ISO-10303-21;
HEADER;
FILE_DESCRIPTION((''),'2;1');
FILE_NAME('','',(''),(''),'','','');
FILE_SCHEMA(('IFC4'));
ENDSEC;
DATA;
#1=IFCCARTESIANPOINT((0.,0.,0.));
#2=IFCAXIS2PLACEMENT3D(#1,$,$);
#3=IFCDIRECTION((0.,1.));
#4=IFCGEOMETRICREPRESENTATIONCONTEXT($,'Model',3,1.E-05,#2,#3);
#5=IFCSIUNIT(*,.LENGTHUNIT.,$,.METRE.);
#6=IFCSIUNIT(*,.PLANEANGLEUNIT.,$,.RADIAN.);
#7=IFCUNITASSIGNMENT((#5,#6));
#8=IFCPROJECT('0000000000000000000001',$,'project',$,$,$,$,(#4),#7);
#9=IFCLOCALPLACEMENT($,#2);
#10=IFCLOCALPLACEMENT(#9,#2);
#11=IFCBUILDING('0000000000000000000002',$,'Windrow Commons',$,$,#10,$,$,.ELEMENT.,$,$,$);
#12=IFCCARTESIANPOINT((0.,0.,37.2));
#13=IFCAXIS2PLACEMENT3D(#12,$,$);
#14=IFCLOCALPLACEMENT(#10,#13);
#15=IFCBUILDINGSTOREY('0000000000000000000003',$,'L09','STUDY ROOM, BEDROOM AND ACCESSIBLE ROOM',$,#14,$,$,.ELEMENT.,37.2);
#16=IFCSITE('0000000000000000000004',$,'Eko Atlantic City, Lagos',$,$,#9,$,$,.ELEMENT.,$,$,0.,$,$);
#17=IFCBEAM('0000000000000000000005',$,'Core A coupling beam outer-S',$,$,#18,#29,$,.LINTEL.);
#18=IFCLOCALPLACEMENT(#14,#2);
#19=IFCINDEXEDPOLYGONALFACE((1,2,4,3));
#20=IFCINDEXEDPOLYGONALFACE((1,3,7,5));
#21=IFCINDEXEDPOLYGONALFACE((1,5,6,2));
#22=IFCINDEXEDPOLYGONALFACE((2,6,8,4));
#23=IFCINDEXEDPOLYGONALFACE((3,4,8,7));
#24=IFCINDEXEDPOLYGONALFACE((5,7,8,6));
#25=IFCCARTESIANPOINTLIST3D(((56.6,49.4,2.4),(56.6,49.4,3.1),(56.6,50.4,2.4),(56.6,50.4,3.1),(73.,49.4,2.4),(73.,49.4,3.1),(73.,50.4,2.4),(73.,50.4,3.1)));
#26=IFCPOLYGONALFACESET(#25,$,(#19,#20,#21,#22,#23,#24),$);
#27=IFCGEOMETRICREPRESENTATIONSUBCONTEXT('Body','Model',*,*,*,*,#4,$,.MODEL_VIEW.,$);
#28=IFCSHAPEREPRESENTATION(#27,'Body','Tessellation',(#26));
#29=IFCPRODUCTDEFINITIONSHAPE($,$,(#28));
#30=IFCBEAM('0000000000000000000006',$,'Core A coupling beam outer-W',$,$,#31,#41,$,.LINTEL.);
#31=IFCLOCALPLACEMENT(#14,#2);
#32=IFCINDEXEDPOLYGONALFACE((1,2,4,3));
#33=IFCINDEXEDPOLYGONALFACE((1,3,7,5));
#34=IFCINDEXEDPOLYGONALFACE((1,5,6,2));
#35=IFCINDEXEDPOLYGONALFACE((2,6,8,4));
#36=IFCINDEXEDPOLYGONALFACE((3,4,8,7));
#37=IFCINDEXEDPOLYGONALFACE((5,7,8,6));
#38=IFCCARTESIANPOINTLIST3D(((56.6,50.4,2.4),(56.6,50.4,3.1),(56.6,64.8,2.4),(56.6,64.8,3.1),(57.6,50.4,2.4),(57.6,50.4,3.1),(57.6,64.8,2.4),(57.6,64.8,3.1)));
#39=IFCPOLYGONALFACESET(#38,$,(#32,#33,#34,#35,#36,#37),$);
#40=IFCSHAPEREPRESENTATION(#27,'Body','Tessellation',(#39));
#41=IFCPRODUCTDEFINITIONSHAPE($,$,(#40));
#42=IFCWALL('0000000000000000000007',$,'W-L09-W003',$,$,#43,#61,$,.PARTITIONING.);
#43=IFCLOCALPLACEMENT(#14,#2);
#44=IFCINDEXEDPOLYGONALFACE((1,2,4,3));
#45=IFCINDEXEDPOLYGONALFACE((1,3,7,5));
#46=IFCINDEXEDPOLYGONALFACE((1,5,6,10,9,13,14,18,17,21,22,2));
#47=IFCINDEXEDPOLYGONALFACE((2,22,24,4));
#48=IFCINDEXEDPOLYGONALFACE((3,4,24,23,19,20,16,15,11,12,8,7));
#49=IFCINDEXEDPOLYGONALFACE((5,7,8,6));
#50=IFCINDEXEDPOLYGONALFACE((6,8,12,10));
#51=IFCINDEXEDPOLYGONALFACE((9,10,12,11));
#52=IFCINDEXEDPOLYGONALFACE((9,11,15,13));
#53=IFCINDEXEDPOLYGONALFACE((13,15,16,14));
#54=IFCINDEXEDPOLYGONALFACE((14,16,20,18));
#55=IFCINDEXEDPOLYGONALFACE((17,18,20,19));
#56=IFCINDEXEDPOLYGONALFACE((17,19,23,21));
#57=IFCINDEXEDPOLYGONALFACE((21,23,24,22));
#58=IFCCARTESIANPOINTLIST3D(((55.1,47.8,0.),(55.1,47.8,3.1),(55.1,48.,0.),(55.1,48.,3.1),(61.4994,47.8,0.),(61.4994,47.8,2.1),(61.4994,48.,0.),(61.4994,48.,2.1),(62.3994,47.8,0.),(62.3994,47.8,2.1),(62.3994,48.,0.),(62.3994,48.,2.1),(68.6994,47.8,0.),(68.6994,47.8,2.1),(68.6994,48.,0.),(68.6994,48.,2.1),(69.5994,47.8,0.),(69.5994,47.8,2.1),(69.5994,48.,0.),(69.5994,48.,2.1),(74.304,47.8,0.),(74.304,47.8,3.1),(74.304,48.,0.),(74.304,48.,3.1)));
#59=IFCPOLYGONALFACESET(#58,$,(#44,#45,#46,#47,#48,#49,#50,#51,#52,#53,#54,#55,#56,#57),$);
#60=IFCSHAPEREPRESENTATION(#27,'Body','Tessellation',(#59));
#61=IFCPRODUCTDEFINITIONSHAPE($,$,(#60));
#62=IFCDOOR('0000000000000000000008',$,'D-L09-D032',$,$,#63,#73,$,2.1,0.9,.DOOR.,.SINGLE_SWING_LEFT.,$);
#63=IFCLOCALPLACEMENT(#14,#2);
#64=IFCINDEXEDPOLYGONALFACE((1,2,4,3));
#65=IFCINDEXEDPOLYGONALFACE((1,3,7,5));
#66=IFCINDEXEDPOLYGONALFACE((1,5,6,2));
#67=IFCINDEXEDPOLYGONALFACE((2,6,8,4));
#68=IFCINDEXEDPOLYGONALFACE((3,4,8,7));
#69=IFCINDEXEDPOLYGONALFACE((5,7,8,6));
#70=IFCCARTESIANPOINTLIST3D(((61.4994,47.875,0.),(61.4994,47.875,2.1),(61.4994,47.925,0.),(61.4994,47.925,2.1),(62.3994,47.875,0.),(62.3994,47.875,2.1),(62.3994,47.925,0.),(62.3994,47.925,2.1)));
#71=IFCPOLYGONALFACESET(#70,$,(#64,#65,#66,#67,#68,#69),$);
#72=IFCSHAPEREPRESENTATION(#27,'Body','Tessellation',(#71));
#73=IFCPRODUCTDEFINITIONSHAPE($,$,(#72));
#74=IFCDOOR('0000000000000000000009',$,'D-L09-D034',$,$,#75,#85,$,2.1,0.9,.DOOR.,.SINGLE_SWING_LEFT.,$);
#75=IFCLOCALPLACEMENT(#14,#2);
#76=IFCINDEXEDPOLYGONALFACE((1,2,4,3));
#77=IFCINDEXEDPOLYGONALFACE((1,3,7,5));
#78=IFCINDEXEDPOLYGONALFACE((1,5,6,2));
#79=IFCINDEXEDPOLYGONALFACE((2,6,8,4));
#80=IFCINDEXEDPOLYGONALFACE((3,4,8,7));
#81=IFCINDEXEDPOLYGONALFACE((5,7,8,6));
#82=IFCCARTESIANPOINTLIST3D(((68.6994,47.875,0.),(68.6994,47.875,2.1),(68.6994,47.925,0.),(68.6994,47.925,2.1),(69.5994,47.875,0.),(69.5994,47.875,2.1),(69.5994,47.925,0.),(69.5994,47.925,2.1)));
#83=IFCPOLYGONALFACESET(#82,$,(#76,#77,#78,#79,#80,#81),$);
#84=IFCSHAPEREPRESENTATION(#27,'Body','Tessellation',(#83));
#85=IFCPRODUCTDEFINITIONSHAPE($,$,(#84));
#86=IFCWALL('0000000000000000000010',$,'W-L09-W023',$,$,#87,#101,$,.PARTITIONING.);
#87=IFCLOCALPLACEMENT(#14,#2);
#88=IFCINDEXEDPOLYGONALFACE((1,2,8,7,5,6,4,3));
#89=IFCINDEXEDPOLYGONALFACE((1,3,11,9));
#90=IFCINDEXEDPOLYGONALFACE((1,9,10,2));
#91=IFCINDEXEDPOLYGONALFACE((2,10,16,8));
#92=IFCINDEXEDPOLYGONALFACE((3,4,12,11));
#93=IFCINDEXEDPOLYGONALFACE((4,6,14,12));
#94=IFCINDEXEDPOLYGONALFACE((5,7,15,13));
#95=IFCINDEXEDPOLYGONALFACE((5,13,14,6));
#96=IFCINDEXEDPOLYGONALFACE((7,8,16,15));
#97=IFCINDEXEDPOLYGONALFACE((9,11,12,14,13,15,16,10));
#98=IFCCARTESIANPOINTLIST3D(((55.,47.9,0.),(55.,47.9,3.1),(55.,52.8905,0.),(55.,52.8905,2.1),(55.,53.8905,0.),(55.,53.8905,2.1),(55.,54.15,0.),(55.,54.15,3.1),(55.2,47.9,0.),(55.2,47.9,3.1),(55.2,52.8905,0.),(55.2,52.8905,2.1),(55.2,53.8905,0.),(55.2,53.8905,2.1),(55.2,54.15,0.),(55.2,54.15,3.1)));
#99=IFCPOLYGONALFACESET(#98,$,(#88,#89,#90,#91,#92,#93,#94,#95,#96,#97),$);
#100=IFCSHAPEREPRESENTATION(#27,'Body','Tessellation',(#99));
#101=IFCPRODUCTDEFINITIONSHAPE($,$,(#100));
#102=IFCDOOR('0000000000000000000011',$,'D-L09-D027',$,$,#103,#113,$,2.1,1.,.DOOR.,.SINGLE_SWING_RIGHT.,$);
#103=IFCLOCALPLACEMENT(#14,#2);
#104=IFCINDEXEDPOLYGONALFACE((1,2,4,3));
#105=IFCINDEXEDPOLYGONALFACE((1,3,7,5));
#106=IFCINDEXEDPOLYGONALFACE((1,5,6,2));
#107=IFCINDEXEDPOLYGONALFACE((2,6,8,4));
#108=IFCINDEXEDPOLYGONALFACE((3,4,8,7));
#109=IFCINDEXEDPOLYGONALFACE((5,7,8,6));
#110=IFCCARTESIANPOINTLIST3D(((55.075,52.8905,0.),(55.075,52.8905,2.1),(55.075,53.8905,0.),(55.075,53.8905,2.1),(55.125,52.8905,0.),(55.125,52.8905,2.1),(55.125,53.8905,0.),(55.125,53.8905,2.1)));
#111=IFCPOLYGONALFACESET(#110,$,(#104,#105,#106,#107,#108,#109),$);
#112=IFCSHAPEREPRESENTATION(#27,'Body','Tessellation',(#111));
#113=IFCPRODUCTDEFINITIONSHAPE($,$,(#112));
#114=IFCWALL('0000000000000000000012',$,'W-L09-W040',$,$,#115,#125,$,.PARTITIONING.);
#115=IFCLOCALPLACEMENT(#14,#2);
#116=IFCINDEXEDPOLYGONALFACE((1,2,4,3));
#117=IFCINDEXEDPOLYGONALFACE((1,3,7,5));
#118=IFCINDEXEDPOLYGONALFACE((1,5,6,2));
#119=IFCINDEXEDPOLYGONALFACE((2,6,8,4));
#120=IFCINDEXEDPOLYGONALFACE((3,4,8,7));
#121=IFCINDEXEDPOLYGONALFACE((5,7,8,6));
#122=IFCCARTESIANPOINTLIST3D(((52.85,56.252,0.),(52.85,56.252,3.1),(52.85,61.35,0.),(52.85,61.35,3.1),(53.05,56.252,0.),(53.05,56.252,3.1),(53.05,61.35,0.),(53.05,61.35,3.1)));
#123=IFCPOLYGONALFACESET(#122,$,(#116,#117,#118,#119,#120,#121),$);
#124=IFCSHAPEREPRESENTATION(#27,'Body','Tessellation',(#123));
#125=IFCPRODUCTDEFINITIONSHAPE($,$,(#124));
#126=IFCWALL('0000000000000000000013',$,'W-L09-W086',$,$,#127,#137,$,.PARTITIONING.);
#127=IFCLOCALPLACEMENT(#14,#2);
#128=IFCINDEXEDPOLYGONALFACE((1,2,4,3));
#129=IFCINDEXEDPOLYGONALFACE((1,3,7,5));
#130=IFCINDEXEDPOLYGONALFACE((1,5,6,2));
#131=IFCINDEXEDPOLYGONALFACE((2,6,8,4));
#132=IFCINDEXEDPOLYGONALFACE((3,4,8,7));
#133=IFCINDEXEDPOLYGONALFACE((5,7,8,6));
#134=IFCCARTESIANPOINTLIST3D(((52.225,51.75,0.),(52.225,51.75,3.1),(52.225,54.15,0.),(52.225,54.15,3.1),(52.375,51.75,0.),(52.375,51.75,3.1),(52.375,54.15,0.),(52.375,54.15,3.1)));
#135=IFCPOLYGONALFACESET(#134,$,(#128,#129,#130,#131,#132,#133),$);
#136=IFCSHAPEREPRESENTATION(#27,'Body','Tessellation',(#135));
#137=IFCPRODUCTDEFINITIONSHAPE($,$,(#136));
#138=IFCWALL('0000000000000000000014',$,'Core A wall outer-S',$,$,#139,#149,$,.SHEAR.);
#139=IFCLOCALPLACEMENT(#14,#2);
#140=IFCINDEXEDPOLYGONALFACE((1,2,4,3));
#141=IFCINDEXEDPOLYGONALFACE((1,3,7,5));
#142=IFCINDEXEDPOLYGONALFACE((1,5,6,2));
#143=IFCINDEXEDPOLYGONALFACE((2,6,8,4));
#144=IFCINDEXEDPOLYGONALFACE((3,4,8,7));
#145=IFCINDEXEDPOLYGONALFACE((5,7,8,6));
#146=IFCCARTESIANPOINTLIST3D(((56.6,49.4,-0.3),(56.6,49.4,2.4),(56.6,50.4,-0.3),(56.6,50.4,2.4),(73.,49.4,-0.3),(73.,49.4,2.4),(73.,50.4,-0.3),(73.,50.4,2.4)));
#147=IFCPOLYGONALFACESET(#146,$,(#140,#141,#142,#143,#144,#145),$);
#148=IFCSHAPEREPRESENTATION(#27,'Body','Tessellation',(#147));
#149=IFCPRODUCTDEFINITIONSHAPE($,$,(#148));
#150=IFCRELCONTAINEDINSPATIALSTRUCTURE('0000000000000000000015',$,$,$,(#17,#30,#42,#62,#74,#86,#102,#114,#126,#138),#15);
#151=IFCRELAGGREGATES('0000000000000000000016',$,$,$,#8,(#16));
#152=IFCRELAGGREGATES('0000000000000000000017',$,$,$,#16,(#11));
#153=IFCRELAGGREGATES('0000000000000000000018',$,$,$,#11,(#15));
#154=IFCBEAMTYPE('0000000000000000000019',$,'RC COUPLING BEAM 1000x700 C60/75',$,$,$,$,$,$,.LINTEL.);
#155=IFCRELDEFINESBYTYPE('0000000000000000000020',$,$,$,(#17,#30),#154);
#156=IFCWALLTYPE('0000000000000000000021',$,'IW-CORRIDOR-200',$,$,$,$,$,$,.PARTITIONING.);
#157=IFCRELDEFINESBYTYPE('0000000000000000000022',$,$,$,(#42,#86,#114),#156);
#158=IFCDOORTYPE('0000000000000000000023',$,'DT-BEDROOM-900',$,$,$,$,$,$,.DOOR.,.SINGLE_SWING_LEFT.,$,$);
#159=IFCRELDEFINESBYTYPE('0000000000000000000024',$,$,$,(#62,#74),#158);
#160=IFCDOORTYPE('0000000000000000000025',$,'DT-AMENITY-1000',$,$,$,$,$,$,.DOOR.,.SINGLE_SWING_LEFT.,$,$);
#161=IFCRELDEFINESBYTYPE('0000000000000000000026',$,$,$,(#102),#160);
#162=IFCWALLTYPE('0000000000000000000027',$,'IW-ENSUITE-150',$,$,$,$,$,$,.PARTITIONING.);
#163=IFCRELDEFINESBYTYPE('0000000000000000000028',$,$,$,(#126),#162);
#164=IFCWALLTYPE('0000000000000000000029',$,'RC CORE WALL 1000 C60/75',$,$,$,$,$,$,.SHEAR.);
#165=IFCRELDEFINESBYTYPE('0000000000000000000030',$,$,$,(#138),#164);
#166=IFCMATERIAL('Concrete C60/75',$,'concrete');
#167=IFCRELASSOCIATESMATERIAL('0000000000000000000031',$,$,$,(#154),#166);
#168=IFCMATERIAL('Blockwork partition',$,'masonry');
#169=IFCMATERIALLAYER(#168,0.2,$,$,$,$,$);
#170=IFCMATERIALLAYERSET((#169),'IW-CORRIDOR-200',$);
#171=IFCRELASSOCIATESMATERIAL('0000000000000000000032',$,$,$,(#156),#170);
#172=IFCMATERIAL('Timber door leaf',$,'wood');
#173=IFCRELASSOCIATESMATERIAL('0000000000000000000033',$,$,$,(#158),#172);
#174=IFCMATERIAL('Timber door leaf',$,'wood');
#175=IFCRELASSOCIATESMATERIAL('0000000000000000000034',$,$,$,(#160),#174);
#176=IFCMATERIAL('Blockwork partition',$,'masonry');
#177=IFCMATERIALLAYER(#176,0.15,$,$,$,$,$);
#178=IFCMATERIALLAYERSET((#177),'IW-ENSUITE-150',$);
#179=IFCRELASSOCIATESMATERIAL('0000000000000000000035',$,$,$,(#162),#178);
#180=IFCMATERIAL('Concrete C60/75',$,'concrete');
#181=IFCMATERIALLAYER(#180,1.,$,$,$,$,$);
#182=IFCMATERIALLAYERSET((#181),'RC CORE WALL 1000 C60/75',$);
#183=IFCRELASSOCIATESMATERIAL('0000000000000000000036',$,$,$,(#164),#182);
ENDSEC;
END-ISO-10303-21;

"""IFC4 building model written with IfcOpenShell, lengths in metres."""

from ifc_helpers import new_model, si_unit, direction, frame, frame_2d, origin, origin_2d, place, context, subcontext, project, spatial, rectangle, extrude, material, layer, layer_set, material_profile, profile_set, type_object, element, fill, save


model = new_model("IFC4")

# Units and contexts
model_context = context("Model", 3, precision=1e-05, world=origin(), true_north=direction((0.0, 1.0)))
body_context = subcontext(model_context, "Body", "Model", "MODEL_VIEW")
ifc_project = project(units=[si_unit("LENGTHUNIT", "METRE"), si_unit("PLANEANGLEUNIT", "RADIAN")], contexts=[model_context])

# Site, building, storey
site_placement = place(None, origin())
site = spatial("IfcSite", under=ifc_project, at=site_placement, Name="Eko Atlantic City, Lagos", CompositionType="ELEMENT", RefElevation=0.0)
building_placement = place(site_placement, origin())
building = spatial("IfcBuilding", under=site, at=building_placement, Name="Windrow Commons", CompositionType="ELEMENT")
storey_placement = place(building_placement, frame((0.0, 0.0, 37.2)))
storey = spatial("IfcBuildingStorey", under=building, at=storey_placement, Name="L09", Description="STUDY ROOM, BEDROOM AND ACCESSIBLE ROOM", CompositionType="ELEMENT", Elevation=37.2)

# Beams
ifc_material_1 = material(Name="Concrete C60/75", Category="concrete")
ifc_material_profile = material_profile(ifc_material_1, rectangle(XDim=1.0, YDim=0.7, at=origin_2d()))
ifc_profile_set = profile_set([ifc_material_profile], Name="Concrete C60/75")
beam_type = type_object("IfcBeamType", Name="RC COUPLING BEAM 1000x700 C60/75", PredefinedType="LINTEL", material=ifc_profile_set)
beam_1_placement = place(storey_placement, frame((56.6, 49.9, 2.75), z_axis=(1.0, 0.0, 0.0), x_axis=(0.0, 1.0, 0.0)))
element("IfcBeam", 1, at=beam_1_placement, inside=storey, type_object=beam_type, Name="Core A coupling beam outer-S", PredefinedType="LINTEL", context=body_context, shape_type="SweptSolid", body=[
    extrude(rectangle(XDim=1.0, YDim=0.7, at=origin_2d()), origin(), (0.0, 0.0, 1.0), 16.4),
])
beam_2_placement = place(storey_placement, frame((57.1, 50.4, 2.75), z_axis=(0.0, 1.0, 0.0), x_axis=(-1.0, 0.0, 0.0)))
element("IfcBeam", 2, at=beam_2_placement, inside=storey, type_object=beam_type, Name="Core A coupling beam outer-W", PredefinedType="LINTEL", context=body_context, shape_type="SweptSolid", body=[
    extrude(rectangle(XDim=1.0, YDim=0.7, at=origin_2d()), origin(), (0.0, 0.0, 1.0), 14.4),
])

# Wall, openings, doors
ifc_material_2 = material(Name="Blockwork partition", Category="masonry")
ifc_layer_1 = layer(ifc_material_2, 0.2)
ifc_layer_set_1 = layer_set([ifc_layer_1], Name="IW-CORRIDOR-200")
wall_type_1 = type_object("IfcWallType", Name="IW-CORRIDOR-200", PredefinedType="PARTITIONING", material=ifc_layer_set_1)
wall_1_placement = place(storey_placement, frame((55.1, 47.9, 0.0), z_axis=(0.0, 0.0, 1.0), x_axis=(1.0, 0.0, 0.0)))
wall_1 = element("IfcWall", 3, at=wall_1_placement, inside=storey, type_object=wall_type_1, Name="W-L09-W003", PredefinedType="PARTITIONING", context=body_context, shape_type="SweptSolid", body=[
    extrude(rectangle(XDim=19.204, YDim=0.2, at=frame_2d((9.602, 0.0))), origin(), (0.0, 0.0, 1.0), 3.1),
])
opening_1_placement = place(wall_1_placement, frame((6.3994, 0.0, 0.0)))
opening_1 = element("IfcOpeningElement", 4, at=opening_1_placement, cuts=wall_1, PredefinedType="OPENING", context=body_context, shape_type="SweptSolid", body=[
    extrude(rectangle(XDim=0.9, YDim=2.1, at=frame_2d((0.45, 1.05))), frame((0.0, 0.11, 0.0), z_axis=(0.0, -1.0, 0.0), x_axis=(1.0, 0.0, 0.0)), (0.0, 0.0, 1.0), 0.22),
])
opening_2_placement = place(wall_1_placement, frame((13.5994, 0.0, 0.0)))
opening_2 = element("IfcOpeningElement", 5, at=opening_2_placement, cuts=wall_1, PredefinedType="OPENING", context=body_context, shape_type="SweptSolid", body=[
    extrude(rectangle(XDim=0.9, YDim=2.1, at=frame_2d((0.45, 1.05))), frame((0.0, 0.11, 0.0), z_axis=(0.0, -1.0, 0.0), x_axis=(1.0, 0.0, 0.0)), (0.0, 0.0, 1.0), 0.22),
])
ifc_material_3 = material(Name="Timber door leaf", Category="wood")
door_type_1 = type_object("IfcDoorType", Name="DT-BEDROOM-900", OperationType="SINGLE_SWING_LEFT", PredefinedType="DOOR", material=ifc_material_3)
door_1_placement = place(opening_1_placement, origin())
door_1 = element("IfcDoor", 6, at=door_1_placement, inside=storey, type_object=door_type_1, Name="D-L09-D032", OperationType="SINGLE_SWING_LEFT", OverallHeight=2.1, OverallWidth=0.9, PredefinedType="DOOR", context=body_context, shape_type="SweptSolid", body=[
    extrude(rectangle(XDim=0.9, YDim=2.1, at=frame_2d((0.45, 1.05))), frame((0.0, 0.025, 0.0), z_axis=(0.0, -1.0, 0.0), x_axis=(1.0, 0.0, 0.0)), (0.0, 0.0, 1.0), 0.05),
])
fill(opening_1, door_1)
door_2_placement = place(opening_2_placement, origin())
door_2 = element("IfcDoor", 7, at=door_2_placement, inside=storey, type_object=door_type_1, Name="D-L09-D034", OperationType="SINGLE_SWING_LEFT", OverallHeight=2.1, OverallWidth=0.9, PredefinedType="DOOR", context=body_context, shape_type="SweptSolid", body=[
    extrude(rectangle(XDim=0.9, YDim=2.1, at=frame_2d((0.45, 1.05))), frame((0.0, 0.025, 0.0), z_axis=(0.0, -1.0, 0.0), x_axis=(1.0, 0.0, 0.0)), (0.0, 0.0, 1.0), 0.05),
])
fill(opening_2, door_2)

# Wall, opening, door
wall_2_placement = place(storey_placement, frame((55.1, 47.9, 0.0), z_axis=(0.0, 0.0, 1.0), x_axis=(0.0, 1.0, 0.0)))
wall_2 = element("IfcWall", 8, at=wall_2_placement, inside=storey, type_object=wall_type_1, Name="W-L09-W023", PredefinedType="PARTITIONING", context=body_context, shape_type="SweptSolid", body=[
    extrude(rectangle(XDim=6.25, YDim=0.2, at=frame_2d((3.125, 0.0))), origin(), (0.0, 0.0, 1.0), 3.1),
])
opening_3_placement = place(wall_2_placement, frame((4.9905, 0.0, 0.0)))
opening_3 = element("IfcOpeningElement", 9, at=opening_3_placement, cuts=wall_2, PredefinedType="OPENING", context=body_context, shape_type="SweptSolid", body=[
    extrude(rectangle(XDim=1.0, YDim=2.1, at=frame_2d((0.5, 1.05))), frame((0.0, 0.11, 0.0), z_axis=(0.0, -1.0, 0.0), x_axis=(1.0, 0.0, 0.0)), (0.0, 0.0, 1.0), 0.22),
])
ifc_material_4 = material(Name="Timber door leaf", Category="wood")
door_type_2 = type_object("IfcDoorType", Name="DT-AMENITY-1000", OperationType="SINGLE_SWING_LEFT", PredefinedType="DOOR", material=ifc_material_4)
door_3_placement = place(opening_3_placement, origin())
door_3 = element("IfcDoor", 10, at=door_3_placement, inside=storey, type_object=door_type_2, Name="D-L09-D027", OperationType="SINGLE_SWING_RIGHT", OverallHeight=2.1, OverallWidth=1.0, PredefinedType="DOOR", context=body_context, shape_type="SweptSolid", body=[
    extrude(rectangle(XDim=1.0, YDim=2.1, at=frame_2d((0.5, 1.05))), frame((0.0, 0.025, 0.0), z_axis=(0.0, -1.0, 0.0), x_axis=(1.0, 0.0, 0.0)), (0.0, 0.0, 1.0), 0.05),
])
fill(opening_3, door_3)

# Walls
wall_3_placement = place(storey_placement, frame((52.95, 56.252, 0.0), z_axis=(0.0, 0.0, 1.0), x_axis=(0.0, 1.0, 0.0)))
element("IfcWall", 11, at=wall_3_placement, inside=storey, type_object=wall_type_1, Name="W-L09-W040", PredefinedType="PARTITIONING", context=body_context, shape_type="SweptSolid", body=[
    extrude(rectangle(XDim=5.098, YDim=0.2, at=frame_2d((2.549, 0.0))), origin(), (0.0, 0.0, 1.0), 3.1),
])
ifc_material_5 = material(Name="Blockwork partition", Category="masonry")
ifc_layer_2 = layer(ifc_material_5, 0.15)
ifc_layer_set_2 = layer_set([ifc_layer_2], Name="IW-ENSUITE-150")
wall_type_2 = type_object("IfcWallType", Name="IW-ENSUITE-150", PredefinedType="PARTITIONING", material=ifc_layer_set_2)
wall_4_placement = place(storey_placement, frame((52.3, 51.75, 0.0), z_axis=(0.0, 0.0, 1.0), x_axis=(0.0, 1.0, 0.0)))
element("IfcWall", 12, at=wall_4_placement, inside=storey, type_object=wall_type_2, Name="W-L09-W086", PredefinedType="PARTITIONING", context=body_context, shape_type="SweptSolid", body=[
    extrude(rectangle(XDim=2.4, YDim=0.15, at=frame_2d((1.2, 0.0))), origin(), (0.0, 0.0, 1.0), 3.1),
])
ifc_material_6 = material(Name="Concrete C60/75", Category="concrete")
ifc_layer_3 = layer(ifc_material_6, 1.0)
ifc_layer_set_3 = layer_set([ifc_layer_3], Name="RC CORE WALL 1000 C60/75")
wall_type_3 = type_object("IfcWallType", Name="RC CORE WALL 1000 C60/75", PredefinedType="SHEAR", material=ifc_layer_set_3)
wall_5_placement = place(storey_placement, frame((56.6, 49.9, -0.3), z_axis=(0.0, 0.0, 1.0), x_axis=(1.0, 0.0, 0.0)))
element("IfcWall", 13, at=wall_5_placement, inside=storey, type_object=wall_type_3, Name="Core A wall outer-S", PredefinedType="SHEAR", context=body_context, shape_type="SweptSolid", body=[
    extrude(rectangle(XDim=16.4, YDim=1.0, at=frame_2d((8.2, 0.0))), origin(), (0.0, 0.0, 1.0), 2.7),
])

save(model, "model.ifc")
